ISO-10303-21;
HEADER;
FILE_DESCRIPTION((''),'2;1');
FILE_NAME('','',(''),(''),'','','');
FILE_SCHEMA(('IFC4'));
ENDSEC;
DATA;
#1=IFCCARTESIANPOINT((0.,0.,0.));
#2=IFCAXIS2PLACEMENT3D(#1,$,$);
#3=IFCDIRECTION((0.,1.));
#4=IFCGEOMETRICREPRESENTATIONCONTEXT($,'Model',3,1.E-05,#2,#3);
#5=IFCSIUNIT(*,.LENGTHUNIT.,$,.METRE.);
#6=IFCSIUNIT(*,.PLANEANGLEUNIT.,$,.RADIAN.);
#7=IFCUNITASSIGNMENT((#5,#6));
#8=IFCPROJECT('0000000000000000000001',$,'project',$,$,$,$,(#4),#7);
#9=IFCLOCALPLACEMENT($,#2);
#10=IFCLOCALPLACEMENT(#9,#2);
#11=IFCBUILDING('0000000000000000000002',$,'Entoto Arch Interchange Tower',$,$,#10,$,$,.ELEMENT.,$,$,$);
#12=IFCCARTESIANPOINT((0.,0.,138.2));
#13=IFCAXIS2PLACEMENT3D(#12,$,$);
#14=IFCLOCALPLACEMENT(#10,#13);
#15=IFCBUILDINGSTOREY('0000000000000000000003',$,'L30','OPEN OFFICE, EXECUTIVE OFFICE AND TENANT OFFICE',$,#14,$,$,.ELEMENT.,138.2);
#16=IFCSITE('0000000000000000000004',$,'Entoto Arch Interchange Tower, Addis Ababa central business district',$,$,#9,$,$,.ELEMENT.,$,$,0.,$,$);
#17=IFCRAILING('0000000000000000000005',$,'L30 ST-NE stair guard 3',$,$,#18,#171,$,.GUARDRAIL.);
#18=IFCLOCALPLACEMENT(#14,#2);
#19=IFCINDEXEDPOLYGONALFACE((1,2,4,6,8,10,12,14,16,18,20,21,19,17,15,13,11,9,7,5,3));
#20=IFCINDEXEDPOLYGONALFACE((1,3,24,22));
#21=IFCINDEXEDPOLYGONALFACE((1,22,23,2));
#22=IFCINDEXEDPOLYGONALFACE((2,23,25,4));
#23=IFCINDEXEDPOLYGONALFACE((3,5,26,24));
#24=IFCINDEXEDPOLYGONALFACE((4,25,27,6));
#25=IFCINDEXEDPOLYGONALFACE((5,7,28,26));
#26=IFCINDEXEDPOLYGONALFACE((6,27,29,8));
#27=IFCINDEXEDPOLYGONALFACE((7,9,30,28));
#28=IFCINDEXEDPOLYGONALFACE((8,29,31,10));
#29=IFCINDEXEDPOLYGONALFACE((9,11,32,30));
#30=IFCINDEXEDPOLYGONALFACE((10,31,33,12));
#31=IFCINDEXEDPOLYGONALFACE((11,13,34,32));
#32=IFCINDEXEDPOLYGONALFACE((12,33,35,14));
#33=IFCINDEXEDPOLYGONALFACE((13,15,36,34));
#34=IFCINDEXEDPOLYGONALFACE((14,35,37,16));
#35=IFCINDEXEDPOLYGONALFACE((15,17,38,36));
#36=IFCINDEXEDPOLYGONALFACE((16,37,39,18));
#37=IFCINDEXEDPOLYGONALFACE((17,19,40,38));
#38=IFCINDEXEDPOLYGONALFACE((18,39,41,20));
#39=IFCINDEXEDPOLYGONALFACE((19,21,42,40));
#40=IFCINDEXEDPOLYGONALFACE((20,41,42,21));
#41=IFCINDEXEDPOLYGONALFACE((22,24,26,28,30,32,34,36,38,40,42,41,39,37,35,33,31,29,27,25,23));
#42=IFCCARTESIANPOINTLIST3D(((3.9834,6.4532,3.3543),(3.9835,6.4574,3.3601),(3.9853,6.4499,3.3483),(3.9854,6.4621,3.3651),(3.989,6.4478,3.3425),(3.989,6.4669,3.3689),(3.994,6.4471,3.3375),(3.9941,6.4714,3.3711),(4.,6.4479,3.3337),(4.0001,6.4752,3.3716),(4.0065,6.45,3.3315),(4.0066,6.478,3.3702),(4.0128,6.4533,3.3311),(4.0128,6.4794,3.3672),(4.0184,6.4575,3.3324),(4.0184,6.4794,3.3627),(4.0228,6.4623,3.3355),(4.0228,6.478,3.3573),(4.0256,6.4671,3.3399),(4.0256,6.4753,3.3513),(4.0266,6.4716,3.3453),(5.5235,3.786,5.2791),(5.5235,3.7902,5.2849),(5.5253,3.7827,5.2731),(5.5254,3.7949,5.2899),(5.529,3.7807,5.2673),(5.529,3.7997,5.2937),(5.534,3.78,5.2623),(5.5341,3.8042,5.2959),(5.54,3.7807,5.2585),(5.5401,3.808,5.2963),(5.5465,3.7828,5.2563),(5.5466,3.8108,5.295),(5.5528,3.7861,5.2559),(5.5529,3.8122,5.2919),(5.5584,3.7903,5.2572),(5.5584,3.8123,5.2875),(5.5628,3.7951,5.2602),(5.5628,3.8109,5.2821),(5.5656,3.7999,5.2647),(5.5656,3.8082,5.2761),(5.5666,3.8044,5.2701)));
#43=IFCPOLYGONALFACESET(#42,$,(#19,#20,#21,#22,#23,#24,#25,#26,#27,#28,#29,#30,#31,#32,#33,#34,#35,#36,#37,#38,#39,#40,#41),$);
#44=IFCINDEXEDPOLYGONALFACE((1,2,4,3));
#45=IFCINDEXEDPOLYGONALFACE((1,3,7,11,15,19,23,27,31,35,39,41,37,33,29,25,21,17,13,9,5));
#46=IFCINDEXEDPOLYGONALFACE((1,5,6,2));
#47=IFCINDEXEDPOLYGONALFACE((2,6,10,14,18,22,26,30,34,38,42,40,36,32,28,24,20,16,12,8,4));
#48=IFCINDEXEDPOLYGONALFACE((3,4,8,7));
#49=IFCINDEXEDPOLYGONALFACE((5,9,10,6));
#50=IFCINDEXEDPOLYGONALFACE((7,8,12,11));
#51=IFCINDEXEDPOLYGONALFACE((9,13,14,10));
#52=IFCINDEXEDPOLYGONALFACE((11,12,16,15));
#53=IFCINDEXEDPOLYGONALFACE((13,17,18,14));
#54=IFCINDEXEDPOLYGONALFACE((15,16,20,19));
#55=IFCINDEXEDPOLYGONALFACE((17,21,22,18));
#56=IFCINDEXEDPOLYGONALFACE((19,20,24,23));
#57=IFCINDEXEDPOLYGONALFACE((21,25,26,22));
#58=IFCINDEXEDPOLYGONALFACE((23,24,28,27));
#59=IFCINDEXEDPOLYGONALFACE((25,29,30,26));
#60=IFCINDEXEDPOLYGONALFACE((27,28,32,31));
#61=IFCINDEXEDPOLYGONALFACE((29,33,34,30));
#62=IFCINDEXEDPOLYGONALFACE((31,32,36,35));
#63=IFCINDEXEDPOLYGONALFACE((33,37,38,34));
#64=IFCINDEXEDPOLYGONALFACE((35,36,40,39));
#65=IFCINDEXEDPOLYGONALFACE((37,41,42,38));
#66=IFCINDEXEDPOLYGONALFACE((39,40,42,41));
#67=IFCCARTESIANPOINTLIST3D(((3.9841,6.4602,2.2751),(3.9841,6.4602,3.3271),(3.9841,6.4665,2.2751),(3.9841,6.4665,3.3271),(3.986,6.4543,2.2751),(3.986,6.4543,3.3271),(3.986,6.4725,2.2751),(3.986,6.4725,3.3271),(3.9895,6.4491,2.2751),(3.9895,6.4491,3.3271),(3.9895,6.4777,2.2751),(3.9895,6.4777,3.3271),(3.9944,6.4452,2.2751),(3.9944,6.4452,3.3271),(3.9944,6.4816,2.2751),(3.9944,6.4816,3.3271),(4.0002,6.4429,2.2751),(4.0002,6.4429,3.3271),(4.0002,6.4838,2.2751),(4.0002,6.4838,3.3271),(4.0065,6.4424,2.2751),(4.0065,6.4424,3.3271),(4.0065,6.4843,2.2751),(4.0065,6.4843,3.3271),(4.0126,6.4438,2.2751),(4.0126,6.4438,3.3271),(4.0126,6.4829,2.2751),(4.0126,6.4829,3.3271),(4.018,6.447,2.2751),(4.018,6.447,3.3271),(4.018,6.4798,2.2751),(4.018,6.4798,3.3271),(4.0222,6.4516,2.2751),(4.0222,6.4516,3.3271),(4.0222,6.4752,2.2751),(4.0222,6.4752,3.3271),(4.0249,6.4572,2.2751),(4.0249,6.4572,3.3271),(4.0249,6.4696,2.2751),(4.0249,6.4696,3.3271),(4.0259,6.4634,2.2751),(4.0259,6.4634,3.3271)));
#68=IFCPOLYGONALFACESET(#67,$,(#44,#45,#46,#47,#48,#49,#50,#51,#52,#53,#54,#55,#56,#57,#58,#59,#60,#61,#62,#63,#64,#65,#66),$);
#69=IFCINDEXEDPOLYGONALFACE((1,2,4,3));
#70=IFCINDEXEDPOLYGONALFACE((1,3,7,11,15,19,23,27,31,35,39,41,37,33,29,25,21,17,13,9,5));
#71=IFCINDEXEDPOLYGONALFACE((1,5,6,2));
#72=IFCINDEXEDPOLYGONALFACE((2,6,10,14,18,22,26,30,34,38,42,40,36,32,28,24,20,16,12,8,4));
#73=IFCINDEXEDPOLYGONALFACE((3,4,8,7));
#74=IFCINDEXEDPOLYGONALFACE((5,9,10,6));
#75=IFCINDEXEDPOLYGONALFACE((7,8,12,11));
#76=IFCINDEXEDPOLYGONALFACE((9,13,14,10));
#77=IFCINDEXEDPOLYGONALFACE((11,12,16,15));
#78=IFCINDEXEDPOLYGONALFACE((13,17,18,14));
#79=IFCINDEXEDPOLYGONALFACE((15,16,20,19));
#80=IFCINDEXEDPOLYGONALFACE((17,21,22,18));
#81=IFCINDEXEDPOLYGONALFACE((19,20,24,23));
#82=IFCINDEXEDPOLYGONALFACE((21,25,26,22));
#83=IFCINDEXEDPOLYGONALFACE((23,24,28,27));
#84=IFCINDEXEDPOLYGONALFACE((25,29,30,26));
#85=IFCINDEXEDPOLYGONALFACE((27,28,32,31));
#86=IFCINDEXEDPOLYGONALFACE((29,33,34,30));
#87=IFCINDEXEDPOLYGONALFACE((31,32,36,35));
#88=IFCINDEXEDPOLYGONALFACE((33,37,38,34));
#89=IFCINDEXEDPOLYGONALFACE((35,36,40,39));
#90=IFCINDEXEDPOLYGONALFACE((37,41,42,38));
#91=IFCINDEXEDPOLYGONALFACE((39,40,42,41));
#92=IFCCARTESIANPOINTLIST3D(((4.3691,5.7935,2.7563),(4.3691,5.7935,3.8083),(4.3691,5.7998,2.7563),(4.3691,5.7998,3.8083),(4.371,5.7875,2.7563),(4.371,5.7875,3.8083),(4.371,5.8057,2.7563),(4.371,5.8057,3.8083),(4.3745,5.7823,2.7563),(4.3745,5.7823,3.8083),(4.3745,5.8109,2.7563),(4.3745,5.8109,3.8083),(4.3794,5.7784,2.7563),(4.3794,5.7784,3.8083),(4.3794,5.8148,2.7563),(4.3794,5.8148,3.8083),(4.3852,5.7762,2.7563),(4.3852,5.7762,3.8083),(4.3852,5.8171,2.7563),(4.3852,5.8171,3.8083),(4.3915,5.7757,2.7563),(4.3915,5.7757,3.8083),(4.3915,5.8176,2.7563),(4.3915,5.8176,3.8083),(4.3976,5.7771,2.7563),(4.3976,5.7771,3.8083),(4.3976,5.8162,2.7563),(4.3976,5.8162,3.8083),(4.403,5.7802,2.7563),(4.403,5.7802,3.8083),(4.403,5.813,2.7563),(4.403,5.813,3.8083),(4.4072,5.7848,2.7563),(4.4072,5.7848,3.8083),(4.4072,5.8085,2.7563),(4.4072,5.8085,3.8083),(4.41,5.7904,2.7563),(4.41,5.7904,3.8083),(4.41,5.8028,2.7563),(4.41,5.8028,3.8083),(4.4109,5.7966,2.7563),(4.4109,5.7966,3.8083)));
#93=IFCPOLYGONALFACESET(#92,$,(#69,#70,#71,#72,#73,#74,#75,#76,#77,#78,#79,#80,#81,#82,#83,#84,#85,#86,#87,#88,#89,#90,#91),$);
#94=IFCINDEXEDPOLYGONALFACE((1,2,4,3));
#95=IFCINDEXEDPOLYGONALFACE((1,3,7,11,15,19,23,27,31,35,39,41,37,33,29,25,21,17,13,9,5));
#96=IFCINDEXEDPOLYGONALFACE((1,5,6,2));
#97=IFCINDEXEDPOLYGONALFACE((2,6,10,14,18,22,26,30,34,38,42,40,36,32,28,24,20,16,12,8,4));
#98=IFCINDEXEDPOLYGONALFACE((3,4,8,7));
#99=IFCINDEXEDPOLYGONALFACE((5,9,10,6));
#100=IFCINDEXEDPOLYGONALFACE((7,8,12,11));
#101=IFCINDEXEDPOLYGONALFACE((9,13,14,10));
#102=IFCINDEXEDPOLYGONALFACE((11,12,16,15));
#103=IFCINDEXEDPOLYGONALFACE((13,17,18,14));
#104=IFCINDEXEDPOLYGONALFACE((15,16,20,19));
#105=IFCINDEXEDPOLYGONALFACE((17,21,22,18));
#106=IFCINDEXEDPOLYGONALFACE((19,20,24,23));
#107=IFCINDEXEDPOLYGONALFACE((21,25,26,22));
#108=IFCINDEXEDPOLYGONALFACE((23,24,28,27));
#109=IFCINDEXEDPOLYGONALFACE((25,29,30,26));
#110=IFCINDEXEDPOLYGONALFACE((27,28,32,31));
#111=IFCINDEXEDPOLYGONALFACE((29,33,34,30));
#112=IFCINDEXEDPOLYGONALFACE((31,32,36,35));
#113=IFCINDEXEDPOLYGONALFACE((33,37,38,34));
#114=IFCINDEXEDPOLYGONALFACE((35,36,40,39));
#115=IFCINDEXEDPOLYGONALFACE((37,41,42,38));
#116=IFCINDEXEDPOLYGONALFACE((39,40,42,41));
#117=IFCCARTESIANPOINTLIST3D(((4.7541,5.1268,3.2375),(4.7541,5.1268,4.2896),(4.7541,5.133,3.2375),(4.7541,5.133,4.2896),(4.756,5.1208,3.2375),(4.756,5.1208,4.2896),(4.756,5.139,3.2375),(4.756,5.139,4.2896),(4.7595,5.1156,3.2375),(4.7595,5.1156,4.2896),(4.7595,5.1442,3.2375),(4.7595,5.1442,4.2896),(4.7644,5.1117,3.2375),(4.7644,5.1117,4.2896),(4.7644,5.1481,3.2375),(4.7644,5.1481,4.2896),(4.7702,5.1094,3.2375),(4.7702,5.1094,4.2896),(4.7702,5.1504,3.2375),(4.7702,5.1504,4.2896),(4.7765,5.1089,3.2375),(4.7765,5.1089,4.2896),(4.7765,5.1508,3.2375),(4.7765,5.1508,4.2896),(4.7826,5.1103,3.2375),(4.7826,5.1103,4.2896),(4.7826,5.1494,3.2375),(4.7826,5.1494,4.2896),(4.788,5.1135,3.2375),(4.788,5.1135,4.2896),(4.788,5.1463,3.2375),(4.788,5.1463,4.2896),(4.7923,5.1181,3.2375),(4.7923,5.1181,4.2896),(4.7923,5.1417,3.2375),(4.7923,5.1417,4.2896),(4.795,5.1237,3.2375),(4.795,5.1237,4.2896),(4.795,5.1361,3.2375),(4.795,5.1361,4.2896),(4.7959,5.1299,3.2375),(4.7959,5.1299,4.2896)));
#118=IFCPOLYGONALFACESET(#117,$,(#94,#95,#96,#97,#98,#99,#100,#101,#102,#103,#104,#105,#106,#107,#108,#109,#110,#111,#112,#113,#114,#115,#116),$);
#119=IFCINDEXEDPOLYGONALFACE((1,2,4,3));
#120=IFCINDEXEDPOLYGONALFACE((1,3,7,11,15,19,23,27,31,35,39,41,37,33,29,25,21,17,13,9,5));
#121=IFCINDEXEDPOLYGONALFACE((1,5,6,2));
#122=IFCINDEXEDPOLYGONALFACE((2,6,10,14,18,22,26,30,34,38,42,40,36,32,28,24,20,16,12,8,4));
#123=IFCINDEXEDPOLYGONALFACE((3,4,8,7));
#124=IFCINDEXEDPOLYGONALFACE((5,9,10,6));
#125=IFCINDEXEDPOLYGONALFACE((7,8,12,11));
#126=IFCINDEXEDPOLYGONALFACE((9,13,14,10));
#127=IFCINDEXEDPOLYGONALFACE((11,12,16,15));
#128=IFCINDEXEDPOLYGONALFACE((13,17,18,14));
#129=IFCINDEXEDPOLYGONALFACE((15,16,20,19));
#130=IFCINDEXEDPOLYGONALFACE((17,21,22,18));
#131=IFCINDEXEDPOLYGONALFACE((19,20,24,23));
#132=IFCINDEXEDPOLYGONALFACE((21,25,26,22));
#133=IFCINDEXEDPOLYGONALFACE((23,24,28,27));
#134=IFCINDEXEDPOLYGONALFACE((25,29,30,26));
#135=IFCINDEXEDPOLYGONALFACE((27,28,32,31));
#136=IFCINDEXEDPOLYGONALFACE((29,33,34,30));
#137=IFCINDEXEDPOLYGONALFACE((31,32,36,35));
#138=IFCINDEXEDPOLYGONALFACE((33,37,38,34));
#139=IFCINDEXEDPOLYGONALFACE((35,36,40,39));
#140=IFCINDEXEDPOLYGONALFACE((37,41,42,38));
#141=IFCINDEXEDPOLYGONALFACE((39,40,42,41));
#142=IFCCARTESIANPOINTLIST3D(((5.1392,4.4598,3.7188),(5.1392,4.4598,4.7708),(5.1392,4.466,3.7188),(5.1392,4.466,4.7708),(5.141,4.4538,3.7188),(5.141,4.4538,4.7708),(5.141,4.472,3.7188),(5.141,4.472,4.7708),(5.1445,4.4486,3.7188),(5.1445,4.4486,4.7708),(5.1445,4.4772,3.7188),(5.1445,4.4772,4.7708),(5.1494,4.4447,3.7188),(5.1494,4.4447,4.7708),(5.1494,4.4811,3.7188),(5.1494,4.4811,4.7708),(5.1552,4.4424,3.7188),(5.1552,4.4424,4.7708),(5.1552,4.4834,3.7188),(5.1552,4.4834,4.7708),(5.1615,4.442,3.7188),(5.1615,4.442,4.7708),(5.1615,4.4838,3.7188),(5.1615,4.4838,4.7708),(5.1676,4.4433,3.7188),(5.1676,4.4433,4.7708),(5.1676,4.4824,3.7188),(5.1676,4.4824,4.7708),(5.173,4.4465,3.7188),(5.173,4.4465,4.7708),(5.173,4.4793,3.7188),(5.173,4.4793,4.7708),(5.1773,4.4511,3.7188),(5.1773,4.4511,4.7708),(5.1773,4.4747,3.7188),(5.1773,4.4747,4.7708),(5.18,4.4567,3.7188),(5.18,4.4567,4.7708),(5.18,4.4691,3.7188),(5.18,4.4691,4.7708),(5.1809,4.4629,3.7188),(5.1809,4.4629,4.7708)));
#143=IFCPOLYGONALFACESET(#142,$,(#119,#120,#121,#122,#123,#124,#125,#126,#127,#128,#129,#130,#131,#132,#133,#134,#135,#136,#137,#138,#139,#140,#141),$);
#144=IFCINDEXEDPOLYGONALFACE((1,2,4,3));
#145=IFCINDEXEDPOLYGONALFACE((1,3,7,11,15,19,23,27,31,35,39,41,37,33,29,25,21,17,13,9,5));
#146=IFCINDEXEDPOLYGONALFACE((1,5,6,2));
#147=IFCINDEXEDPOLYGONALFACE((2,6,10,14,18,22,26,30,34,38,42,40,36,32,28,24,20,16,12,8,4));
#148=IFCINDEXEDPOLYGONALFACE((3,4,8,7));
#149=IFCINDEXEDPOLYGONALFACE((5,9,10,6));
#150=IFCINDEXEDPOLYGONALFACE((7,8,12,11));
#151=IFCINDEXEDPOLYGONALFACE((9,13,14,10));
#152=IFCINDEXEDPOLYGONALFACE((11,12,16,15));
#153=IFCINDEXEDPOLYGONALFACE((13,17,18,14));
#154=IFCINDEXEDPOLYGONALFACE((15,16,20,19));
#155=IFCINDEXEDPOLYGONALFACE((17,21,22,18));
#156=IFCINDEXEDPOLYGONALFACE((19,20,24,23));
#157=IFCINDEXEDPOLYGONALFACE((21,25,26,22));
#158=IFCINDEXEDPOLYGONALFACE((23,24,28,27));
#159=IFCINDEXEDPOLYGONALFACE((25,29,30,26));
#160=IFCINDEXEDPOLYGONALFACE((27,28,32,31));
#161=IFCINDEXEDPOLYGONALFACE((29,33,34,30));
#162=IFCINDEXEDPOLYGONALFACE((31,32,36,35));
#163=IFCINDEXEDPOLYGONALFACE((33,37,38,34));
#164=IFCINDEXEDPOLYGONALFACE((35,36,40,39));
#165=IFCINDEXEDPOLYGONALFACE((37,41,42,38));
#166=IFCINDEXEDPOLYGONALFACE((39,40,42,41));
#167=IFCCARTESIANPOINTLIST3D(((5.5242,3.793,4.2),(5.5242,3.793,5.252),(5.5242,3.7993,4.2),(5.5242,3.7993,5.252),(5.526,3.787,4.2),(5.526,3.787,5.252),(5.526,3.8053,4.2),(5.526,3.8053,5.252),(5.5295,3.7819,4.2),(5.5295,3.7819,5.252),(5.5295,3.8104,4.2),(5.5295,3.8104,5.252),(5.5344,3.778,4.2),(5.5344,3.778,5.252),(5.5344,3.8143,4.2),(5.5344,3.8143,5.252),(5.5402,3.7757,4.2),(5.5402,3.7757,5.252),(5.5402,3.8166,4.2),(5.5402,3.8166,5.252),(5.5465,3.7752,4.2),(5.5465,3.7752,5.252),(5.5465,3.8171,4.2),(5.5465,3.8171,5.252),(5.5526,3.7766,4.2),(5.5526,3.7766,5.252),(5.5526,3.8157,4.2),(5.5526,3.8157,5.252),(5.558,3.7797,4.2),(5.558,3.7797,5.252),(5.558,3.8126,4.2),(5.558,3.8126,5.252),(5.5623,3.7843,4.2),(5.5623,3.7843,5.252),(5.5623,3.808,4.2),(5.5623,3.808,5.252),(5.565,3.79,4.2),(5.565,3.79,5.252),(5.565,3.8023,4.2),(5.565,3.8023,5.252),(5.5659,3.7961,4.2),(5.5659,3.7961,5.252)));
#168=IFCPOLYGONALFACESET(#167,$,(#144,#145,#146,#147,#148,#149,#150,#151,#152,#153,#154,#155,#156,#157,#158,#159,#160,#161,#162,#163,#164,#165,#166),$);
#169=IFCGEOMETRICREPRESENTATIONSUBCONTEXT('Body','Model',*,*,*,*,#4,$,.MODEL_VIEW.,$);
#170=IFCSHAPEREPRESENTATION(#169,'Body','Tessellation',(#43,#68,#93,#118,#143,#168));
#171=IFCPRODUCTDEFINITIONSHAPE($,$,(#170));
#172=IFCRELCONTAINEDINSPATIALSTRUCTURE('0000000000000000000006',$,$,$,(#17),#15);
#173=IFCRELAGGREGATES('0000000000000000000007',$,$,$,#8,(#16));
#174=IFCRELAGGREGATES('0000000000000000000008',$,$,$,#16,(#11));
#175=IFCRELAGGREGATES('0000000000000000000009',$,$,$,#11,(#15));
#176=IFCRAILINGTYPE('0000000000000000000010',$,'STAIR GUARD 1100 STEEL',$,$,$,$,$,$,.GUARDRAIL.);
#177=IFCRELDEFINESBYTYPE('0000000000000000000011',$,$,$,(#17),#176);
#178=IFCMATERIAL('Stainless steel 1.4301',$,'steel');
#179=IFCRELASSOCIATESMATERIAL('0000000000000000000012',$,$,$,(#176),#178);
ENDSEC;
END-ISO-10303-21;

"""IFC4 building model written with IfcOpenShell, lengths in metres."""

from ifc_helpers import new_model, si_unit, direction, frame, origin, origin_2d, place, context, subcontext, project, spatial, circle, extrude, material, type_object, element, save


model = new_model("IFC4")

# Units and contexts
model_context = context("Model", 3, precision=1e-05, world=origin(), true_north=direction((0.0, 1.0)))
body_context = subcontext(model_context, "Body", "Model", "MODEL_VIEW")
ifc_project = project(units=[si_unit("LENGTHUNIT", "METRE"), si_unit("PLANEANGLEUNIT", "RADIAN")], contexts=[model_context])

# Site, building, storey
site_placement = place(None, origin())
site = spatial("IfcSite", under=ifc_project, at=site_placement, Name="Entoto Arch Interchange Tower, Addis Ababa central business district", CompositionType="ELEMENT", RefElevation=0.0)
building_placement = place(site_placement, origin())
building = spatial("IfcBuilding", under=site, at=building_placement, Name="Entoto Arch Interchange Tower", CompositionType="ELEMENT")
storey_placement = place(building_placement, frame((0.0, 0.0, 138.2)))
storey = spatial("IfcBuildingStorey", under=building, at=storey_placement, Name="L30", Description="OPEN OFFICE, EXECUTIVE OFFICE AND TENANT OFFICE", CompositionType="ELEMENT", Elevation=138.2)

# Railing
ifc_material_1 = material(Name="Stainless steel 1.4301", Category="steel")
railing_type_1 = type_object("IfcRailingType", Name="STAIR GUARD 1100 STEEL", PredefinedType="GUARDRAIL", material=ifc_material_1)
railing_1_placement = place(storey_placement, frame((4.0049, 6.4634, 2.2751)))
element("IfcRailing", 1, at=railing_1_placement, inside=storey, type_object=railing_type_1, Name="L30 ST-NE stair guard 3", PredefinedType="GUARDRAIL", context=body_context, shape_type="SweptSolid", body=[
    extrude(circle(Radius=0.0239, at=origin_2d()), frame((0.0, 0.0, 1.0762), z_axis=(0.424031, -0.73439, 0.529971), x_axis=(0.86601, 0.500027, 0.0)), (0.0, 0.0, 1.0), 3.6318),
    extrude(circle(Radius=0.021, at=origin_2d()), origin(), (0.0, 0.0, 1.0), 1.052),
    extrude(circle(Radius=0.021, at=origin_2d()), frame((0.385, -0.6667, 0.4812)), (0.0, 0.0, 1.0), 1.052),
    extrude(circle(Radius=0.021, at=origin_2d()), frame((0.77, -1.3335, 0.9624)), (0.0, 0.0, 1.0), 1.052),
    extrude(circle(Radius=0.021, at=origin_2d()), frame((1.155, -2.0005, 1.4436)), (0.0, 0.0, 1.0), 1.052),
    extrude(circle(Radius=0.021, at=origin_2d()), frame((1.54, -2.6672, 1.9248)), (0.0, 0.0, 1.0), 1.052),
])

save(model, "model.ifc")
